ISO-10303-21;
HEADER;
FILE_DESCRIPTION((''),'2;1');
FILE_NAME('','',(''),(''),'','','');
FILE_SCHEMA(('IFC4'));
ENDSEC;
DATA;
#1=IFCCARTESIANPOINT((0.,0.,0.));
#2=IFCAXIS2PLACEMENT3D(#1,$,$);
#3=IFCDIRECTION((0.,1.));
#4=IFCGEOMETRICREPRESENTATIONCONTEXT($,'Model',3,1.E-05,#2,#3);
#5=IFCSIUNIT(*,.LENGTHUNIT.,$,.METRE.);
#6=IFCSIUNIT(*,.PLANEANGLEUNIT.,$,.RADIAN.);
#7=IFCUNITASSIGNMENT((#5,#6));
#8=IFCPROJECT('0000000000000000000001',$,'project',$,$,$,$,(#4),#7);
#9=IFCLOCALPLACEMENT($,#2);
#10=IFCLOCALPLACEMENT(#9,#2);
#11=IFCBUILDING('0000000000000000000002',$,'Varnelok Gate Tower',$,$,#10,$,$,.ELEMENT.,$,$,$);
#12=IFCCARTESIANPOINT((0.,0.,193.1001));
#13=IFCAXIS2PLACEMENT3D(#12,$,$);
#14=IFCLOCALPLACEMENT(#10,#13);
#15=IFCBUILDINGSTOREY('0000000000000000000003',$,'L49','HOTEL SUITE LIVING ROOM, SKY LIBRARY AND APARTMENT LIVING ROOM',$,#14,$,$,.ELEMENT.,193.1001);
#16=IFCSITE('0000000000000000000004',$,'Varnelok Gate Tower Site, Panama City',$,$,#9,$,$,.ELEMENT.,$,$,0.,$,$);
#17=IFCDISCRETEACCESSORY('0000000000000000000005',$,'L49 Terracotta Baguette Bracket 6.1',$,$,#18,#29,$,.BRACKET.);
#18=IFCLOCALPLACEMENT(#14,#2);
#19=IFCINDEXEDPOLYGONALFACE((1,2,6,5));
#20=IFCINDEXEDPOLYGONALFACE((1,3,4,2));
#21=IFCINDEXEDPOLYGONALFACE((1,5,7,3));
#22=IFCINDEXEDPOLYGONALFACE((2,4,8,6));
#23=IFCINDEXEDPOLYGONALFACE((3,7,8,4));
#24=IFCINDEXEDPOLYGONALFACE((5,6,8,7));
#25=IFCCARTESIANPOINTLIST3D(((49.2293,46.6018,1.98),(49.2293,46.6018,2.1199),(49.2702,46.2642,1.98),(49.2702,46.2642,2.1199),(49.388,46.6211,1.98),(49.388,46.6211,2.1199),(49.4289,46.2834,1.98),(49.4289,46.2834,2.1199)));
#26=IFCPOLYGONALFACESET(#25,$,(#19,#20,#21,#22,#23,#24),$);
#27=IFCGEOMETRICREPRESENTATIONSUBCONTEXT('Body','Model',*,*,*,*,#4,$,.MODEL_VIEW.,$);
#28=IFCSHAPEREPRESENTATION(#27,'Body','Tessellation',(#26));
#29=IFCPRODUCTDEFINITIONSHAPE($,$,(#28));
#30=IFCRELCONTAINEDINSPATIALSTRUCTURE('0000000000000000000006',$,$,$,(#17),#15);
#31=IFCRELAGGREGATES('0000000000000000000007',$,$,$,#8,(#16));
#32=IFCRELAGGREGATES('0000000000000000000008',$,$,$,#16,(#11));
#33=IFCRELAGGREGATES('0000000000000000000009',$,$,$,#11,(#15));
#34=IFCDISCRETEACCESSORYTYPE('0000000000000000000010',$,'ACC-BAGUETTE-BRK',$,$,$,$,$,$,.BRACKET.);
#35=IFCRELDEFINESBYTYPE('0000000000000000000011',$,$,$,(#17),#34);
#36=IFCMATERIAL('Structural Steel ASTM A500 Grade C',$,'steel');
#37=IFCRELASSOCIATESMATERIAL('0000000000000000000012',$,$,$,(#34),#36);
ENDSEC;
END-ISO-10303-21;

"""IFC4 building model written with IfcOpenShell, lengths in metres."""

from ifc_helpers import new_model, si_unit, direction, frame, origin, origin_2d, place, context, subcontext, project, spatial, rectangle, extrude, source, transform, mapped, material, type_object, element, save


model = new_model("IFC4")

# Units and contexts
model_context = context("Model", 3, precision=1e-05, world=origin(), true_north=direction((0.0, 1.0)))
body_context = subcontext(model_context, "Body", "Model", "MODEL_VIEW")
ifc_project = project(units=[si_unit("LENGTHUNIT", "METRE"), si_unit("PLANEANGLEUNIT", "RADIAN")], contexts=[model_context])

# Site, building, storey
site_placement = place(None, origin())
site = spatial("IfcSite", under=ifc_project, at=site_placement, Name="Varnelok Gate Tower Site, Panama City", CompositionType="ELEMENT", RefElevation=0.0)
building_placement = place(site_placement, origin())
building = spatial("IfcBuilding", under=site, at=building_placement, Name="Varnelok Gate Tower", CompositionType="ELEMENT")
storey_placement = place(building_placement, frame((0.0, 0.0, 193.1001)))
storey = spatial("IfcBuildingStorey", under=building, at=storey_placement, Name="L49", Description="HOTEL SUITE LIVING ROOM, SKY LIBRARY AND APARTMENT LIVING ROOM", CompositionType="ELEMENT", Elevation=193.1001)

# Discrete accessory
ifc_material_1 = material(Name="Structural Steel ASTM A500 Grade C", Category="steel")
discrete_accessory_type = type_object("IfcDiscreteAccessoryType", Name="ACC-BAGUETTE-BRK", PredefinedType="BRACKET", material=ifc_material_1)
shared_shape_1 = source(origin(), body_context, "Body", "SweptSolid", [
    extrude(rectangle(XDim=0.1599, YDim=0.3401, at=origin_2d()), origin(), (0.0, 0.0, 1.0), 0.1399),
])
discrete_accessory_placement = place(storey_placement, frame((49.3291, 46.4426, 1.98), z_axis=(0.0, 0.0, 1.0), x_axis=(0.992732, 0.120345, 0.0)))
element("IfcDiscreteAccessory", 1, at=discrete_accessory_placement, inside=storey, type_object=discrete_accessory_type, Name="L49 Terracotta Baguette Bracket 6.1", PredefinedType="BRACKET", context=body_context, shape_type="MappedRepresentation", body=[
    mapped(shared_shape_1, transform((0.0, 0.0, 0.0), scale=1.0)),
])

save(model, "model.ifc")
